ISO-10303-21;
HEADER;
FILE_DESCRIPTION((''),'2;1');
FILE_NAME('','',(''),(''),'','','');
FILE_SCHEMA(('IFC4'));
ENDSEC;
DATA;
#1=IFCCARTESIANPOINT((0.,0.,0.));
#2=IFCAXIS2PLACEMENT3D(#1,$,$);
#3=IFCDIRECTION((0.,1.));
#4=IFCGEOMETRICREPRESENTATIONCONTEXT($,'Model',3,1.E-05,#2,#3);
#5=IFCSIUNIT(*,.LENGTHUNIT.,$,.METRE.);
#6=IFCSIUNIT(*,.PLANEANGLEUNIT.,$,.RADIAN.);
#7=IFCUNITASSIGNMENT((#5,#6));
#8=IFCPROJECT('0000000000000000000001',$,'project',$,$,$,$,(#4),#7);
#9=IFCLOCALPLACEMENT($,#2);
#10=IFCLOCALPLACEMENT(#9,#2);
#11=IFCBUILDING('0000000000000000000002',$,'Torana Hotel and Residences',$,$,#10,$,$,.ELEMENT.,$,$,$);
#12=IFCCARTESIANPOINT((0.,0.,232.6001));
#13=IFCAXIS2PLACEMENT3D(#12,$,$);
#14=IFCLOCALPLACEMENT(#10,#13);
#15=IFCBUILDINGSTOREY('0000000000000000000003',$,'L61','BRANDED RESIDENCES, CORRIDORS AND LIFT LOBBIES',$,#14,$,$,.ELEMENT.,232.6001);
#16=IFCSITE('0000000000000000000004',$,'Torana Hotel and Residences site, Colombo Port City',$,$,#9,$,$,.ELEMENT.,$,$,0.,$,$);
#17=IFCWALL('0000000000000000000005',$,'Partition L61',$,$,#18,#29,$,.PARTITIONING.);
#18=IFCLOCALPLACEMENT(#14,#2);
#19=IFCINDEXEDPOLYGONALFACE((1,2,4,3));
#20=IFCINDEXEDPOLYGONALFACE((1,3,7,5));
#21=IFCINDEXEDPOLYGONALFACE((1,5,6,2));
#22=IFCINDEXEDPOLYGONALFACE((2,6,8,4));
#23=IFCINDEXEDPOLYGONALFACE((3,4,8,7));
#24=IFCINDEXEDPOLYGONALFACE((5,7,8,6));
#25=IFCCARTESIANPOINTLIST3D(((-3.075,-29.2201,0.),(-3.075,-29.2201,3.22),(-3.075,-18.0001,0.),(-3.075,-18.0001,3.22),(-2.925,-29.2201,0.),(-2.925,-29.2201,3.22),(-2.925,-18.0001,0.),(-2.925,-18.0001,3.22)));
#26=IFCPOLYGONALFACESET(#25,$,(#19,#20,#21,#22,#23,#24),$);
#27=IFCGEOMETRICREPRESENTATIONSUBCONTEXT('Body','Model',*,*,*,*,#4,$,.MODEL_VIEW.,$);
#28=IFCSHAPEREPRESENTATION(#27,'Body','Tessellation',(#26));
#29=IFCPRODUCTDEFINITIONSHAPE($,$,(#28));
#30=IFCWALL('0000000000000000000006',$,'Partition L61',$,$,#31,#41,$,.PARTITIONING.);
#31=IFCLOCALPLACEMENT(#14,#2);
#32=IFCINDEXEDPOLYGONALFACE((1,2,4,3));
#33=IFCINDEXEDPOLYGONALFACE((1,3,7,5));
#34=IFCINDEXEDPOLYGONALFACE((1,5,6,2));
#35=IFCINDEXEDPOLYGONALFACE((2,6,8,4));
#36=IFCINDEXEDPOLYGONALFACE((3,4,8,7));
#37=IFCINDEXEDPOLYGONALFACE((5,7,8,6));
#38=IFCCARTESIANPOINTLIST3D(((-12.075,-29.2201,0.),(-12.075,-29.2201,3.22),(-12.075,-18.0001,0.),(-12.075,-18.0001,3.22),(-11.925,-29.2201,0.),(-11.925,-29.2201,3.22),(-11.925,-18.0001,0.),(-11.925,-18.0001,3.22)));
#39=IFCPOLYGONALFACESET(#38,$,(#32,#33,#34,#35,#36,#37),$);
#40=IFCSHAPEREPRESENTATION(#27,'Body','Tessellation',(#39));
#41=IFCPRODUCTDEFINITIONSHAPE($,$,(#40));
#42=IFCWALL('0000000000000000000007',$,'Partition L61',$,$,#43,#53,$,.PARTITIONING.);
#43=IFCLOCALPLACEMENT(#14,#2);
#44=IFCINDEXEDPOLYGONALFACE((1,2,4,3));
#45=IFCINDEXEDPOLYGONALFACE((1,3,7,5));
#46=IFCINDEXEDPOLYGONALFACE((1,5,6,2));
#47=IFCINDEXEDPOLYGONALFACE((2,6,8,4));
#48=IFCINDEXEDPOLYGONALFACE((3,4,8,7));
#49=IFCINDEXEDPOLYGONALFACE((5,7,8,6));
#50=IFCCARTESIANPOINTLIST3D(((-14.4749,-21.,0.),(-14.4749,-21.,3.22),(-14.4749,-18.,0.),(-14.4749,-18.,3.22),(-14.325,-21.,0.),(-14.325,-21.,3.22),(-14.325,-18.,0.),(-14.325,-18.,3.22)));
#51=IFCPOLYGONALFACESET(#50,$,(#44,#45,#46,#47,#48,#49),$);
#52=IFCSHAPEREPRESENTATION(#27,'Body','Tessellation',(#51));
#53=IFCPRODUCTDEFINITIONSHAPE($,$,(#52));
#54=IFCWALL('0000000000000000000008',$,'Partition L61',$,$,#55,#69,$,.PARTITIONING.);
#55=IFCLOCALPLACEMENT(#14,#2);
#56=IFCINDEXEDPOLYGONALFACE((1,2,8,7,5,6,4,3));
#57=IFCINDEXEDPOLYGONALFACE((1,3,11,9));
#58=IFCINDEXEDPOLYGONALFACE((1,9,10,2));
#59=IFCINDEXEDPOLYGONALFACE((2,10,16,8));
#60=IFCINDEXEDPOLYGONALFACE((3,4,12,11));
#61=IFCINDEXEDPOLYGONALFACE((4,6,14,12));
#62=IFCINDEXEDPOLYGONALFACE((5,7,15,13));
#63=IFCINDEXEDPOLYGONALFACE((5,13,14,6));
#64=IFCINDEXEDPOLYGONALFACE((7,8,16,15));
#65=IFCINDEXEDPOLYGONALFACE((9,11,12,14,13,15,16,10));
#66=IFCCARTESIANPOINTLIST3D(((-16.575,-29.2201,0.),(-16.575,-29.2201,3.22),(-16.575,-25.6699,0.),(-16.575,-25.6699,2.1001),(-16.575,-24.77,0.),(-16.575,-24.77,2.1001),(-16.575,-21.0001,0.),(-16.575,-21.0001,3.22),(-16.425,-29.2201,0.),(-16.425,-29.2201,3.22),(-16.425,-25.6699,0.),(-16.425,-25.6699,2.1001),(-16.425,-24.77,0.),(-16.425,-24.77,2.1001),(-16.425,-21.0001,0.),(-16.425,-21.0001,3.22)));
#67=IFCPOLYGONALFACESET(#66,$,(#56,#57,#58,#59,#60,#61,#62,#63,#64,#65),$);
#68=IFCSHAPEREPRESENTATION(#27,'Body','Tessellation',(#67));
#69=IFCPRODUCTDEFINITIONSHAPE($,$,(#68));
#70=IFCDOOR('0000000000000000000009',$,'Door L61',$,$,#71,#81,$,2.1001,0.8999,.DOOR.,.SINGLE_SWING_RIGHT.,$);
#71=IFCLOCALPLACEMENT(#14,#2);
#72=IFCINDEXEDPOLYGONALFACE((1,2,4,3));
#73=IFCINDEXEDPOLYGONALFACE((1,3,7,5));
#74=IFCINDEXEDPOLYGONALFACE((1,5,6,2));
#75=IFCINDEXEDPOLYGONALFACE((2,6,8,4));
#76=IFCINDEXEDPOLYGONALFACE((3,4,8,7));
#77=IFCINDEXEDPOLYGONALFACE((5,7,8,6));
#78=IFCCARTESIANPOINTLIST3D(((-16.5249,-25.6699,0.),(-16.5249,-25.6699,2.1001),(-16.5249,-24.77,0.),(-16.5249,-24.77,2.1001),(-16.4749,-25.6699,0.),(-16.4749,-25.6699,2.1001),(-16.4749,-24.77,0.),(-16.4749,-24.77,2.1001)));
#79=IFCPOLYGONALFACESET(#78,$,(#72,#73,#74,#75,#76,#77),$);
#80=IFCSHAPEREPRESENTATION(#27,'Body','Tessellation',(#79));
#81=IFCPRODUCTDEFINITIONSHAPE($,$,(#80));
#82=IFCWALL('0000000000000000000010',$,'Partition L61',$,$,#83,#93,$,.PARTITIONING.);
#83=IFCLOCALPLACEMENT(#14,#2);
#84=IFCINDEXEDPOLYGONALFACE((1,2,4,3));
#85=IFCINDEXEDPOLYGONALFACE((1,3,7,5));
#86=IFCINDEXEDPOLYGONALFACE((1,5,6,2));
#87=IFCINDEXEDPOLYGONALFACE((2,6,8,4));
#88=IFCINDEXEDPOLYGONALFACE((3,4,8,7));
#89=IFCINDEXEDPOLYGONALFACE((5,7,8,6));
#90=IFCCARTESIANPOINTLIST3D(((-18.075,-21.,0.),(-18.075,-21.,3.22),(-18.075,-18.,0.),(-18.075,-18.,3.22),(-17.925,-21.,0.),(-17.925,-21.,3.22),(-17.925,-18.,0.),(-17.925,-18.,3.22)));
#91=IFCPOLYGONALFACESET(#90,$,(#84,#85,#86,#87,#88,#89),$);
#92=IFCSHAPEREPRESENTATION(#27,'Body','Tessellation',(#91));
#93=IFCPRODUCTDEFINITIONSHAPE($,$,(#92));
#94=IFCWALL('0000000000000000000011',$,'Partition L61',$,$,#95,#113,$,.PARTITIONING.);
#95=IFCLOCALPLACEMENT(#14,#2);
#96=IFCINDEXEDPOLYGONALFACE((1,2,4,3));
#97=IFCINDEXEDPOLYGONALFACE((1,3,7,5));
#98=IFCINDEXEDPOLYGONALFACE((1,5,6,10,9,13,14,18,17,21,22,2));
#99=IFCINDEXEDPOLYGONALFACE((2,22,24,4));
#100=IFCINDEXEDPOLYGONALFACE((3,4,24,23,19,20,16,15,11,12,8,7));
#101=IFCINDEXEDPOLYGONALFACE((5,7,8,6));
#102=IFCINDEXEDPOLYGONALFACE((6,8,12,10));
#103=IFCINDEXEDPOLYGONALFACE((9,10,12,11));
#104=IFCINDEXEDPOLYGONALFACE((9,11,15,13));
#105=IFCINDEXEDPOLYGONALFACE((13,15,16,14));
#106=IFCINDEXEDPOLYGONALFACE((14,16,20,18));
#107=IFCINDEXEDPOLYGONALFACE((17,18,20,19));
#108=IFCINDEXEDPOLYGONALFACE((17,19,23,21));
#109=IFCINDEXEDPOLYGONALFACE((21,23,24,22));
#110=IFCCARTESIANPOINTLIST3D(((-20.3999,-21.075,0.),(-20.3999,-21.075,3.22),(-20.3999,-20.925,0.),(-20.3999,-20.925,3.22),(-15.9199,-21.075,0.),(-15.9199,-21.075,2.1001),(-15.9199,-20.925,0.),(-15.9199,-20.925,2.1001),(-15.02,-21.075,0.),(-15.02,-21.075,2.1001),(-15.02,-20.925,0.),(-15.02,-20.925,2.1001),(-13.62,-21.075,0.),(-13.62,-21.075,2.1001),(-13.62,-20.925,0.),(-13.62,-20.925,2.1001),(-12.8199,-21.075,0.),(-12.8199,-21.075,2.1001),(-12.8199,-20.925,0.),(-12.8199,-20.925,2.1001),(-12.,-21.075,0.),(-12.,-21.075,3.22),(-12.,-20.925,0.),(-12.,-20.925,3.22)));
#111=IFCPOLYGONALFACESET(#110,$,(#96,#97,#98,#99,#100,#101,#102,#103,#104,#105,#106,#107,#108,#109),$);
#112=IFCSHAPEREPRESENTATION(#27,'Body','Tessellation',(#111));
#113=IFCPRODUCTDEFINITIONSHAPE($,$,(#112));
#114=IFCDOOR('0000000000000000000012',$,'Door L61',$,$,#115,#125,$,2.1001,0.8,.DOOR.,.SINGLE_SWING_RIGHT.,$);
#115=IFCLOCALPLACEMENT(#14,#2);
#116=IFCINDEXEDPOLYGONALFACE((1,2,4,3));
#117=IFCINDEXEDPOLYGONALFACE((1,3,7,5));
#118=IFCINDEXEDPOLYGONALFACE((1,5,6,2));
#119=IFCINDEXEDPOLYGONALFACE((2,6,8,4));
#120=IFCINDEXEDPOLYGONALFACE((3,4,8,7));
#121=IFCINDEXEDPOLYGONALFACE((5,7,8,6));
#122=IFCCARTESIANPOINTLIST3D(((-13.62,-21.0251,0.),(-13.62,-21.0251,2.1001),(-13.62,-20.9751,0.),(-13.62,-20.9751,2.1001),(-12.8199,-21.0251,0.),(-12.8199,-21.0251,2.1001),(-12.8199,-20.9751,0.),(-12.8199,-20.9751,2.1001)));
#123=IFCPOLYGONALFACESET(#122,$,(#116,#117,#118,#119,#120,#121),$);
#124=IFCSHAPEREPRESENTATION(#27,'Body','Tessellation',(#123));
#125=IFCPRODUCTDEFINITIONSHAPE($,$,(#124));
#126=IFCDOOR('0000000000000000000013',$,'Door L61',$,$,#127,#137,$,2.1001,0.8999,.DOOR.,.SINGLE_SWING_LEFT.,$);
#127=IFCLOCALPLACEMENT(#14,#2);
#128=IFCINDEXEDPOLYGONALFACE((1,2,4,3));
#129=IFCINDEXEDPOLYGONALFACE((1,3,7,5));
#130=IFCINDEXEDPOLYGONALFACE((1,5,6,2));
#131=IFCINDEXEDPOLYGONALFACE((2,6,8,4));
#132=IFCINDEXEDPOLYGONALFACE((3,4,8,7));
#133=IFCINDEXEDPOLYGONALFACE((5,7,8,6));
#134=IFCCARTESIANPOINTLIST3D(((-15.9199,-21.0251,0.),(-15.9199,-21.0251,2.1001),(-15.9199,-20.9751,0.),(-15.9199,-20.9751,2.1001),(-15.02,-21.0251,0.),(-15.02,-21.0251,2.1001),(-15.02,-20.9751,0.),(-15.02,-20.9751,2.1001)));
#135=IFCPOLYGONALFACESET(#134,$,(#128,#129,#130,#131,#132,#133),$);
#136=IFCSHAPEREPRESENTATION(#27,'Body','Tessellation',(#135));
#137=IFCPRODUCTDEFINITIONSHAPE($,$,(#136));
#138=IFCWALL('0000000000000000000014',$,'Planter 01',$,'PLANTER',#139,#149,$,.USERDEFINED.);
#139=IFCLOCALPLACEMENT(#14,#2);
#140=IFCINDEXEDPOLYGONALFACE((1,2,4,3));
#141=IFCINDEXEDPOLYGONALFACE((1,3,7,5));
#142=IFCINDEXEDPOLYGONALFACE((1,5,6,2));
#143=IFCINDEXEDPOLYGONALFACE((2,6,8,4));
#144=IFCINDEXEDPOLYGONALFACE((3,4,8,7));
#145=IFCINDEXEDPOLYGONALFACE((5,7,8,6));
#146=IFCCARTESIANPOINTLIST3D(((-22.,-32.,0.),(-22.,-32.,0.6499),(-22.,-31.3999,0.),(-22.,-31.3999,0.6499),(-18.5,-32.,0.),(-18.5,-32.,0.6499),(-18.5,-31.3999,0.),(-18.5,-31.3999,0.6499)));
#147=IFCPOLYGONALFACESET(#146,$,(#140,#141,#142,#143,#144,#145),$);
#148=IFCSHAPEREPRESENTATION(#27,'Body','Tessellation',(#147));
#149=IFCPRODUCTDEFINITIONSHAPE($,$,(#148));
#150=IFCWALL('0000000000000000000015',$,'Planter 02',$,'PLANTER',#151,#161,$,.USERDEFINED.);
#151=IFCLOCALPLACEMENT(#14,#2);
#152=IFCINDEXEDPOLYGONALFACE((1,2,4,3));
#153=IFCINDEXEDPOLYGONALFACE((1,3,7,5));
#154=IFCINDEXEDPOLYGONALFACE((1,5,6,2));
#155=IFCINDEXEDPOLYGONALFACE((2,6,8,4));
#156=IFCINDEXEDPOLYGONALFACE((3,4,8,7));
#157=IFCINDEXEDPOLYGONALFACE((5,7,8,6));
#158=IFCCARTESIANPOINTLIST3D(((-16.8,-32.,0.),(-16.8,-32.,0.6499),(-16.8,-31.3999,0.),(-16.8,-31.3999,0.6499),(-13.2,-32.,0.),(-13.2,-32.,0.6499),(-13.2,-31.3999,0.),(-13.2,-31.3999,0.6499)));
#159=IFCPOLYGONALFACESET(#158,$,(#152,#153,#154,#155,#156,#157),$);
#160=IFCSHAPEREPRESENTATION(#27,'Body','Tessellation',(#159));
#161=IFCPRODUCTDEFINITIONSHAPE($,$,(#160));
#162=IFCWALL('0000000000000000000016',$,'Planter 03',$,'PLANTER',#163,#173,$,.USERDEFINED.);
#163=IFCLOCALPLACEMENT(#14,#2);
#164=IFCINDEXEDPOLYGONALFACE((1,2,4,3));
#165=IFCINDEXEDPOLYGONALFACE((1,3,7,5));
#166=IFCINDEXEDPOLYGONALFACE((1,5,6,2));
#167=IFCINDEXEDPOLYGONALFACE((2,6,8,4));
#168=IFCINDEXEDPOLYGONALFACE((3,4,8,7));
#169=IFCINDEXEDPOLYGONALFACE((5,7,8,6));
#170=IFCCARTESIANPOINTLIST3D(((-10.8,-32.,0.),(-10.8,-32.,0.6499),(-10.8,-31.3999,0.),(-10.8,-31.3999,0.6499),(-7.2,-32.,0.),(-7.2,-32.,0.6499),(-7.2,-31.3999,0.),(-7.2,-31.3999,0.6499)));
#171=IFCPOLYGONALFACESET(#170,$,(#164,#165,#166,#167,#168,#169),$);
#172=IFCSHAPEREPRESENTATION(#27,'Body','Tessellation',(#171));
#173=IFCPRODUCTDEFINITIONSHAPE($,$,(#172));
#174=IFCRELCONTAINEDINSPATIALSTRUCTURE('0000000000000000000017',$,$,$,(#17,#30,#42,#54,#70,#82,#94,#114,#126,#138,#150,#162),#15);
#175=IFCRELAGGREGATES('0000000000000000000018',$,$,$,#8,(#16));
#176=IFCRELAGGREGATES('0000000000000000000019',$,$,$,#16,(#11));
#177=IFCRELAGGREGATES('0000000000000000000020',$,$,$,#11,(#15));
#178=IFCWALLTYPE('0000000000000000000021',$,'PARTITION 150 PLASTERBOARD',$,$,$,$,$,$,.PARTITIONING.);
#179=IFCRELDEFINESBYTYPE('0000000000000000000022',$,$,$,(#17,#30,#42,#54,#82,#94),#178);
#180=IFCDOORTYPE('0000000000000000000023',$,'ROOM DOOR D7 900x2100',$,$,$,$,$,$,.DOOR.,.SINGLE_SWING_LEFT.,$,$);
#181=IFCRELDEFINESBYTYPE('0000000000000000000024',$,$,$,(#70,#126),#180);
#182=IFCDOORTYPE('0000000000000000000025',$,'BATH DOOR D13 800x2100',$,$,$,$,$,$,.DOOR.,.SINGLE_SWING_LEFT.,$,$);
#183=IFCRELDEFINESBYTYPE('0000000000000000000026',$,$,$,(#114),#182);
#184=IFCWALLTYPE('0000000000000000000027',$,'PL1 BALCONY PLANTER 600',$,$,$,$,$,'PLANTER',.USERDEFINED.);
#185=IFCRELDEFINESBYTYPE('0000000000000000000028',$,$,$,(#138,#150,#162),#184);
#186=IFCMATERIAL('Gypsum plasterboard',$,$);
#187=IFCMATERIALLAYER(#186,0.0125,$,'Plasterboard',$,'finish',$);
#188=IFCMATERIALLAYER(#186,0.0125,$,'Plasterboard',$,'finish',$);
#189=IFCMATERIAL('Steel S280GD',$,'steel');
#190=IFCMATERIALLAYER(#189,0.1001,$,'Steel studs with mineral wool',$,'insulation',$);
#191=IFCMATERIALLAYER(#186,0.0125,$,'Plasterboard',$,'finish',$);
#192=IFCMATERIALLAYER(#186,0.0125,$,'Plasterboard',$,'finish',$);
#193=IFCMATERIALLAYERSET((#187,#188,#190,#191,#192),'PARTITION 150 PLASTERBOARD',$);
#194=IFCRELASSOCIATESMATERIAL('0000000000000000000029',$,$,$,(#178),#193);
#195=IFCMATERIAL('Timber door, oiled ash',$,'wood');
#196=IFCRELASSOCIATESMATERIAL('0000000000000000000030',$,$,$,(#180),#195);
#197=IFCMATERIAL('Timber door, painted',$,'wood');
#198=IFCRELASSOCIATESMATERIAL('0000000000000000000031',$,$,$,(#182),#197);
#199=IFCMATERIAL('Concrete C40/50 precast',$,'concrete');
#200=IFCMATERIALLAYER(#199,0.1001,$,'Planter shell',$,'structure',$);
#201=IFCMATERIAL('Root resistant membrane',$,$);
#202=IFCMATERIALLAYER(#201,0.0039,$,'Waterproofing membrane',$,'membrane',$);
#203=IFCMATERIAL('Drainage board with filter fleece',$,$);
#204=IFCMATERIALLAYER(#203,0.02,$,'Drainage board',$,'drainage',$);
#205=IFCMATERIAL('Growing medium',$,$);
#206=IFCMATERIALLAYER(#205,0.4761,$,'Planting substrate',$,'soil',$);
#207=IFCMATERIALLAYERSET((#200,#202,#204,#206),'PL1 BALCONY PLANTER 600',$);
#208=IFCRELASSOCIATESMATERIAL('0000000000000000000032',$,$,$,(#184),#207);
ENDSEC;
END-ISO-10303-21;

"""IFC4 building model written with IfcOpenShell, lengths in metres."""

from ifc_helpers import new_model, si_unit, direction, frame, frame_2d, origin, place, context, subcontext, project, spatial, rectangle, extrude, material, layer, layer_set, type_object, element, fill, save


model = new_model("IFC4")

# Units and contexts
model_context = context("Model", 3, precision=1e-05, world=origin(), true_north=direction((0.0, 1.0)))
body_context = subcontext(model_context, "Body", "Model", "MODEL_VIEW")
ifc_project = project(units=[si_unit("LENGTHUNIT", "METRE"), si_unit("PLANEANGLEUNIT", "RADIAN")], contexts=[model_context])

# Site, building, storey
site_placement = place(None, origin())
site = spatial("IfcSite", under=ifc_project, at=site_placement, Name="Torana Hotel and Residences site, Colombo Port City", CompositionType="ELEMENT", RefElevation=0.0)
building_placement = place(site_placement, origin())
building = spatial("IfcBuilding", under=site, at=building_placement, Name="Torana Hotel and Residences", CompositionType="ELEMENT")
storey_placement = place(building_placement, frame((0.0, 0.0, 232.6001)))
storey = spatial("IfcBuildingStorey", under=building, at=storey_placement, Name="L61", Description="BRANDED RESIDENCES, CORRIDORS AND LIFT LOBBIES", CompositionType="ELEMENT", Elevation=232.6001)

# Walls
ifc_material_1 = material(Name="Gypsum plasterboard")
ifc_layer_1 = layer(ifc_material_1, 0.0125, Name="Plasterboard", Category="finish")
ifc_layer_2 = layer(ifc_material_1, 0.0125, Name="Plasterboard", Category="finish")
ifc_material_2 = material(Name="Steel S280GD", Category="steel")
ifc_layer_3 = layer(ifc_material_2, 0.1001, Name="Steel studs with mineral wool", Category="insulation")
ifc_layer_4 = layer(ifc_material_1, 0.0125, Name="Plasterboard", Category="finish")
ifc_layer_5 = layer(ifc_material_1, 0.0125, Name="Plasterboard", Category="finish")
ifc_layer_set_1 = layer_set([ifc_layer_1, ifc_layer_2, ifc_layer_3, ifc_layer_4, ifc_layer_5], Name="PARTITION 150 PLASTERBOARD")
wall_type_1 = type_object("IfcWallType", Name="PARTITION 150 PLASTERBOARD", PredefinedType="PARTITIONING", material=ifc_layer_set_1)
for number, where, z_axis, x_axis, name in (
    (1, (-3.0, -29.22, 0.0), (0.0, 0.0, 1.0), (0.0, 1.0, 0.0), "Partition L61"),
    (2, (-12.0, -29.22, 0.0), (0.0, 0.0, 1.0), (0.0, 1.0, 0.0), "Partition L61"),
):
    element("IfcWall", number, at=place(storey_placement, frame(where, z_axis=z_axis, x_axis=x_axis)), inside=storey, type_object=wall_type_1, Name=name, PredefinedType="PARTITIONING", context=body_context, shape_type="SweptSolid", body=[
        extrude(rectangle(XDim=11.22, YDim=0.1499, at=frame_2d((5.6099, 0.0))), origin(), (0.0, 0.0, 1.0), 3.22),
    ])
wall_1_placement = place(storey_placement, frame((-14.3999, -21.0, 0.0), z_axis=(0.0, 0.0, 1.0), x_axis=(0.0, 1.0, 0.0)))
element("IfcWall", 3, at=wall_1_placement, inside=storey, type_object=wall_type_1, Name="Partition L61", PredefinedType="PARTITIONING", context=body_context, shape_type="SweptSolid", body=[
    extrude(rectangle(XDim=3.0, YDim=0.1499, at=frame_2d((1.5, 0.0))), origin(), (0.0, 0.0, 1.0), 3.22),
])

# Wall, opening, door
wall_2_placement = place(storey_placement, frame((-16.5, -29.22, 0.0), z_axis=(0.0, 0.0, 1.0), x_axis=(0.0, 1.0, 0.0)))
wall_2 = element("IfcWall", 4, at=wall_2_placement, inside=storey, type_object=wall_type_1, Name="Partition L61", PredefinedType="PARTITIONING", context=body_context, shape_type="SweptSolid", body=[
    extrude(rectangle(XDim=8.22, YDim=0.1499, at=frame_2d((4.1099, 0.0))), origin(), (0.0, 0.0, 1.0), 3.22),
])
opening_1_placement = place(wall_2_placement, frame((3.55, 0.0, 0.0)))
opening_1 = element("IfcOpeningElement", 5, at=opening_1_placement, cuts=wall_2, PredefinedType="OPENING", context=body_context, shape_type="SweptSolid", body=[
    extrude(rectangle(XDim=0.8999, YDim=2.1001, at=frame_2d((0.45, 1.05))), frame((0.0, 0.085, 0.0), z_axis=(0.0, -1.0, 0.0), x_axis=(1.0, 0.0, 0.0)), (0.0, 0.0, 1.0), 0.1699),
])
ifc_material_3 = material(Name="Timber door, oiled ash", Category="wood")
door_type_1 = type_object("IfcDoorType", Name="ROOM DOOR D7 900x2100", OperationType="SINGLE_SWING_LEFT", PredefinedType="DOOR", material=ifc_material_3)
door_1_placement = place(opening_1_placement, origin())
door_1 = element("IfcDoor", 6, at=door_1_placement, inside=storey, type_object=door_type_1, Name="Door L61", OperationType="SINGLE_SWING_RIGHT", OverallHeight=2.1001, OverallWidth=0.8999, PredefinedType="DOOR", context=body_context, shape_type="SweptSolid", body=[
    extrude(rectangle(XDim=0.8999, YDim=2.1001, at=frame_2d((0.45, 1.05))), frame((0.0, 0.0249, 0.0), z_axis=(0.0, -1.0, 0.0), x_axis=(1.0, 0.0, 0.0)), (0.0, 0.0, 1.0), 0.05),
])
fill(opening_1, door_1)

# Wall
wall_3_placement = place(storey_placement, frame((-18.0, -21.0, 0.0), z_axis=(0.0, 0.0, 1.0), x_axis=(0.0, 1.0, 0.0)))
element("IfcWall", 7, at=wall_3_placement, inside=storey, type_object=wall_type_1, Name="Partition L61", PredefinedType="PARTITIONING", context=body_context, shape_type="SweptSolid", body=[
    extrude(rectangle(XDim=3.0, YDim=0.1499, at=frame_2d((1.5, 0.0))), origin(), (0.0, 0.0, 1.0), 3.22),
])

# Wall, openings, doors
wall_4_placement = place(storey_placement, frame((-20.3999, -21.0, 0.0), z_axis=(0.0, 0.0, 1.0), x_axis=(1.0, 0.0, 0.0)))
wall_4 = element("IfcWall", 8, at=wall_4_placement, inside=storey, type_object=wall_type_1, Name="Partition L61", PredefinedType="PARTITIONING", context=body_context, shape_type="SweptSolid", body=[
    extrude(rectangle(XDim=8.3999, YDim=0.1499, at=frame_2d((4.2, 0.0))), origin(), (0.0, 0.0, 1.0), 3.22),
])
opening_2_placement = place(wall_4_placement, frame((6.78, 0.0, 0.0)))
opening_2 = element("IfcOpeningElement", 9, at=opening_2_placement, cuts=wall_4, PredefinedType="OPENING", context=body_context, shape_type="SweptSolid", body=[
    extrude(rectangle(XDim=0.8, YDim=2.1001, at=frame_2d((0.3999, 1.05))), frame((0.0, 0.085, 0.0), z_axis=(0.0, -1.0, 0.0), x_axis=(1.0, 0.0, 0.0)), (0.0, 0.0, 1.0), 0.1699),
])
opening_3_placement = place(wall_4_placement, frame((4.48, 0.0, 0.0)))
opening_3 = element("IfcOpeningElement", 10, at=opening_3_placement, cuts=wall_4, PredefinedType="OPENING", context=body_context, shape_type="SweptSolid", body=[
    extrude(rectangle(XDim=0.8999, YDim=2.1001, at=frame_2d((0.45, 1.05))), frame((0.0, 0.085, 0.0), z_axis=(0.0, -1.0, 0.0), x_axis=(1.0, 0.0, 0.0)), (0.0, 0.0, 1.0), 0.1699),
])
ifc_material_4 = material(Name="Timber door, painted", Category="wood")
door_type_2 = type_object("IfcDoorType", Name="BATH DOOR D13 800x2100", OperationType="SINGLE_SWING_LEFT", PredefinedType="DOOR", material=ifc_material_4)
door_2_placement = place(opening_2_placement, origin())
door_2 = element("IfcDoor", 11, at=door_2_placement, inside=storey, type_object=door_type_2, Name="Door L61", OperationType="SINGLE_SWING_RIGHT", OverallHeight=2.1001, OverallWidth=0.8, PredefinedType="DOOR", context=body_context, shape_type="SweptSolid", body=[
    extrude(rectangle(XDim=0.8, YDim=2.1001, at=frame_2d((0.3999, 1.05))), frame((0.0, 0.0249, 0.0), z_axis=(0.0, -1.0, 0.0), x_axis=(1.0, 0.0, 0.0)), (0.0, 0.0, 1.0), 0.05),
])
fill(opening_2, door_2)
door_3_placement = place(opening_3_placement, origin())
door_3 = element("IfcDoor", 12, at=door_3_placement, inside=storey, type_object=door_type_1, Name="Door L61", OperationType="SINGLE_SWING_LEFT", OverallHeight=2.1001, OverallWidth=0.8999, PredefinedType="DOOR", context=body_context, shape_type="SweptSolid", body=[
    extrude(rectangle(XDim=0.8999, YDim=2.1001, at=frame_2d((0.45, 1.05))), frame((0.0, 0.0249, 0.0), z_axis=(0.0, -1.0, 0.0), x_axis=(1.0, 0.0, 0.0)), (0.0, 0.0, 1.0), 0.05),
])
fill(opening_3, door_3)

# Walls
ifc_material_5 = material(Name="Concrete C40/50 precast", Category="concrete")
ifc_layer_6 = layer(ifc_material_5, 0.1001, Name="Planter shell", Category="structure")
ifc_material_6 = material(Name="Root resistant membrane")
ifc_layer_7 = layer(ifc_material_6, 0.0039, Name="Waterproofing membrane", Category="membrane")
ifc_material_7 = material(Name="Drainage board with filter fleece")
ifc_layer_8 = layer(ifc_material_7, 0.02, Name="Drainage board", Category="drainage")
ifc_material_8 = material(Name="Growing medium")
ifc_layer_9 = layer(ifc_material_8, 0.4761, Name="Planting substrate", Category="soil")
ifc_layer_set_2 = layer_set([ifc_layer_6, ifc_layer_7, ifc_layer_8, ifc_layer_9], Name="PL1 BALCONY PLANTER 600")
wall_type_2 = type_object("IfcWallType", Name="PL1 BALCONY PLANTER 600", ElementType="PLANTER", PredefinedType="USERDEFINED", material=ifc_layer_set_2)
wall_5_placement = place(storey_placement, frame((-18.5, -31.7, 0.0), z_axis=(0.0, 0.0, 1.0), x_axis=(-1.0, 0.0, 0.0)))
element("IfcWall", 13, at=wall_5_placement, inside=storey, type_object=wall_type_2, Name="Planter 01", ObjectType="PLANTER", PredefinedType="USERDEFINED", context=body_context, shape_type="SweptSolid", body=[
    extrude(rectangle(XDim=3.5, YDim=0.6001, at=frame_2d((1.75, 0.0))), origin(), (0.0, 0.0, 1.0), 0.6499),
])
for number, where, z_axis, x_axis, name in (
    (14, (-13.2, -31.7, 0.0), (0.0, 0.0, 1.0), (-1.0, 0.0, 0.0), "Planter 02"),
    (15, (-7.2, -31.7, 0.0), (0.0, 0.0, 1.0), (-1.0, 0.0, 0.0), "Planter 03"),
):
    element("IfcWall", number, at=place(storey_placement, frame(where, z_axis=z_axis, x_axis=x_axis)), inside=storey, type_object=wall_type_2, Name=name, ObjectType="PLANTER", PredefinedType="USERDEFINED", context=body_context, shape_type="SweptSolid", body=[
        extrude(rectangle(XDim=3.6001, YDim=0.6001, at=frame_2d((1.8, 0.0))), origin(), (0.0, 0.0, 1.0), 0.6499),
    ])

save(model, "model.ifc")
